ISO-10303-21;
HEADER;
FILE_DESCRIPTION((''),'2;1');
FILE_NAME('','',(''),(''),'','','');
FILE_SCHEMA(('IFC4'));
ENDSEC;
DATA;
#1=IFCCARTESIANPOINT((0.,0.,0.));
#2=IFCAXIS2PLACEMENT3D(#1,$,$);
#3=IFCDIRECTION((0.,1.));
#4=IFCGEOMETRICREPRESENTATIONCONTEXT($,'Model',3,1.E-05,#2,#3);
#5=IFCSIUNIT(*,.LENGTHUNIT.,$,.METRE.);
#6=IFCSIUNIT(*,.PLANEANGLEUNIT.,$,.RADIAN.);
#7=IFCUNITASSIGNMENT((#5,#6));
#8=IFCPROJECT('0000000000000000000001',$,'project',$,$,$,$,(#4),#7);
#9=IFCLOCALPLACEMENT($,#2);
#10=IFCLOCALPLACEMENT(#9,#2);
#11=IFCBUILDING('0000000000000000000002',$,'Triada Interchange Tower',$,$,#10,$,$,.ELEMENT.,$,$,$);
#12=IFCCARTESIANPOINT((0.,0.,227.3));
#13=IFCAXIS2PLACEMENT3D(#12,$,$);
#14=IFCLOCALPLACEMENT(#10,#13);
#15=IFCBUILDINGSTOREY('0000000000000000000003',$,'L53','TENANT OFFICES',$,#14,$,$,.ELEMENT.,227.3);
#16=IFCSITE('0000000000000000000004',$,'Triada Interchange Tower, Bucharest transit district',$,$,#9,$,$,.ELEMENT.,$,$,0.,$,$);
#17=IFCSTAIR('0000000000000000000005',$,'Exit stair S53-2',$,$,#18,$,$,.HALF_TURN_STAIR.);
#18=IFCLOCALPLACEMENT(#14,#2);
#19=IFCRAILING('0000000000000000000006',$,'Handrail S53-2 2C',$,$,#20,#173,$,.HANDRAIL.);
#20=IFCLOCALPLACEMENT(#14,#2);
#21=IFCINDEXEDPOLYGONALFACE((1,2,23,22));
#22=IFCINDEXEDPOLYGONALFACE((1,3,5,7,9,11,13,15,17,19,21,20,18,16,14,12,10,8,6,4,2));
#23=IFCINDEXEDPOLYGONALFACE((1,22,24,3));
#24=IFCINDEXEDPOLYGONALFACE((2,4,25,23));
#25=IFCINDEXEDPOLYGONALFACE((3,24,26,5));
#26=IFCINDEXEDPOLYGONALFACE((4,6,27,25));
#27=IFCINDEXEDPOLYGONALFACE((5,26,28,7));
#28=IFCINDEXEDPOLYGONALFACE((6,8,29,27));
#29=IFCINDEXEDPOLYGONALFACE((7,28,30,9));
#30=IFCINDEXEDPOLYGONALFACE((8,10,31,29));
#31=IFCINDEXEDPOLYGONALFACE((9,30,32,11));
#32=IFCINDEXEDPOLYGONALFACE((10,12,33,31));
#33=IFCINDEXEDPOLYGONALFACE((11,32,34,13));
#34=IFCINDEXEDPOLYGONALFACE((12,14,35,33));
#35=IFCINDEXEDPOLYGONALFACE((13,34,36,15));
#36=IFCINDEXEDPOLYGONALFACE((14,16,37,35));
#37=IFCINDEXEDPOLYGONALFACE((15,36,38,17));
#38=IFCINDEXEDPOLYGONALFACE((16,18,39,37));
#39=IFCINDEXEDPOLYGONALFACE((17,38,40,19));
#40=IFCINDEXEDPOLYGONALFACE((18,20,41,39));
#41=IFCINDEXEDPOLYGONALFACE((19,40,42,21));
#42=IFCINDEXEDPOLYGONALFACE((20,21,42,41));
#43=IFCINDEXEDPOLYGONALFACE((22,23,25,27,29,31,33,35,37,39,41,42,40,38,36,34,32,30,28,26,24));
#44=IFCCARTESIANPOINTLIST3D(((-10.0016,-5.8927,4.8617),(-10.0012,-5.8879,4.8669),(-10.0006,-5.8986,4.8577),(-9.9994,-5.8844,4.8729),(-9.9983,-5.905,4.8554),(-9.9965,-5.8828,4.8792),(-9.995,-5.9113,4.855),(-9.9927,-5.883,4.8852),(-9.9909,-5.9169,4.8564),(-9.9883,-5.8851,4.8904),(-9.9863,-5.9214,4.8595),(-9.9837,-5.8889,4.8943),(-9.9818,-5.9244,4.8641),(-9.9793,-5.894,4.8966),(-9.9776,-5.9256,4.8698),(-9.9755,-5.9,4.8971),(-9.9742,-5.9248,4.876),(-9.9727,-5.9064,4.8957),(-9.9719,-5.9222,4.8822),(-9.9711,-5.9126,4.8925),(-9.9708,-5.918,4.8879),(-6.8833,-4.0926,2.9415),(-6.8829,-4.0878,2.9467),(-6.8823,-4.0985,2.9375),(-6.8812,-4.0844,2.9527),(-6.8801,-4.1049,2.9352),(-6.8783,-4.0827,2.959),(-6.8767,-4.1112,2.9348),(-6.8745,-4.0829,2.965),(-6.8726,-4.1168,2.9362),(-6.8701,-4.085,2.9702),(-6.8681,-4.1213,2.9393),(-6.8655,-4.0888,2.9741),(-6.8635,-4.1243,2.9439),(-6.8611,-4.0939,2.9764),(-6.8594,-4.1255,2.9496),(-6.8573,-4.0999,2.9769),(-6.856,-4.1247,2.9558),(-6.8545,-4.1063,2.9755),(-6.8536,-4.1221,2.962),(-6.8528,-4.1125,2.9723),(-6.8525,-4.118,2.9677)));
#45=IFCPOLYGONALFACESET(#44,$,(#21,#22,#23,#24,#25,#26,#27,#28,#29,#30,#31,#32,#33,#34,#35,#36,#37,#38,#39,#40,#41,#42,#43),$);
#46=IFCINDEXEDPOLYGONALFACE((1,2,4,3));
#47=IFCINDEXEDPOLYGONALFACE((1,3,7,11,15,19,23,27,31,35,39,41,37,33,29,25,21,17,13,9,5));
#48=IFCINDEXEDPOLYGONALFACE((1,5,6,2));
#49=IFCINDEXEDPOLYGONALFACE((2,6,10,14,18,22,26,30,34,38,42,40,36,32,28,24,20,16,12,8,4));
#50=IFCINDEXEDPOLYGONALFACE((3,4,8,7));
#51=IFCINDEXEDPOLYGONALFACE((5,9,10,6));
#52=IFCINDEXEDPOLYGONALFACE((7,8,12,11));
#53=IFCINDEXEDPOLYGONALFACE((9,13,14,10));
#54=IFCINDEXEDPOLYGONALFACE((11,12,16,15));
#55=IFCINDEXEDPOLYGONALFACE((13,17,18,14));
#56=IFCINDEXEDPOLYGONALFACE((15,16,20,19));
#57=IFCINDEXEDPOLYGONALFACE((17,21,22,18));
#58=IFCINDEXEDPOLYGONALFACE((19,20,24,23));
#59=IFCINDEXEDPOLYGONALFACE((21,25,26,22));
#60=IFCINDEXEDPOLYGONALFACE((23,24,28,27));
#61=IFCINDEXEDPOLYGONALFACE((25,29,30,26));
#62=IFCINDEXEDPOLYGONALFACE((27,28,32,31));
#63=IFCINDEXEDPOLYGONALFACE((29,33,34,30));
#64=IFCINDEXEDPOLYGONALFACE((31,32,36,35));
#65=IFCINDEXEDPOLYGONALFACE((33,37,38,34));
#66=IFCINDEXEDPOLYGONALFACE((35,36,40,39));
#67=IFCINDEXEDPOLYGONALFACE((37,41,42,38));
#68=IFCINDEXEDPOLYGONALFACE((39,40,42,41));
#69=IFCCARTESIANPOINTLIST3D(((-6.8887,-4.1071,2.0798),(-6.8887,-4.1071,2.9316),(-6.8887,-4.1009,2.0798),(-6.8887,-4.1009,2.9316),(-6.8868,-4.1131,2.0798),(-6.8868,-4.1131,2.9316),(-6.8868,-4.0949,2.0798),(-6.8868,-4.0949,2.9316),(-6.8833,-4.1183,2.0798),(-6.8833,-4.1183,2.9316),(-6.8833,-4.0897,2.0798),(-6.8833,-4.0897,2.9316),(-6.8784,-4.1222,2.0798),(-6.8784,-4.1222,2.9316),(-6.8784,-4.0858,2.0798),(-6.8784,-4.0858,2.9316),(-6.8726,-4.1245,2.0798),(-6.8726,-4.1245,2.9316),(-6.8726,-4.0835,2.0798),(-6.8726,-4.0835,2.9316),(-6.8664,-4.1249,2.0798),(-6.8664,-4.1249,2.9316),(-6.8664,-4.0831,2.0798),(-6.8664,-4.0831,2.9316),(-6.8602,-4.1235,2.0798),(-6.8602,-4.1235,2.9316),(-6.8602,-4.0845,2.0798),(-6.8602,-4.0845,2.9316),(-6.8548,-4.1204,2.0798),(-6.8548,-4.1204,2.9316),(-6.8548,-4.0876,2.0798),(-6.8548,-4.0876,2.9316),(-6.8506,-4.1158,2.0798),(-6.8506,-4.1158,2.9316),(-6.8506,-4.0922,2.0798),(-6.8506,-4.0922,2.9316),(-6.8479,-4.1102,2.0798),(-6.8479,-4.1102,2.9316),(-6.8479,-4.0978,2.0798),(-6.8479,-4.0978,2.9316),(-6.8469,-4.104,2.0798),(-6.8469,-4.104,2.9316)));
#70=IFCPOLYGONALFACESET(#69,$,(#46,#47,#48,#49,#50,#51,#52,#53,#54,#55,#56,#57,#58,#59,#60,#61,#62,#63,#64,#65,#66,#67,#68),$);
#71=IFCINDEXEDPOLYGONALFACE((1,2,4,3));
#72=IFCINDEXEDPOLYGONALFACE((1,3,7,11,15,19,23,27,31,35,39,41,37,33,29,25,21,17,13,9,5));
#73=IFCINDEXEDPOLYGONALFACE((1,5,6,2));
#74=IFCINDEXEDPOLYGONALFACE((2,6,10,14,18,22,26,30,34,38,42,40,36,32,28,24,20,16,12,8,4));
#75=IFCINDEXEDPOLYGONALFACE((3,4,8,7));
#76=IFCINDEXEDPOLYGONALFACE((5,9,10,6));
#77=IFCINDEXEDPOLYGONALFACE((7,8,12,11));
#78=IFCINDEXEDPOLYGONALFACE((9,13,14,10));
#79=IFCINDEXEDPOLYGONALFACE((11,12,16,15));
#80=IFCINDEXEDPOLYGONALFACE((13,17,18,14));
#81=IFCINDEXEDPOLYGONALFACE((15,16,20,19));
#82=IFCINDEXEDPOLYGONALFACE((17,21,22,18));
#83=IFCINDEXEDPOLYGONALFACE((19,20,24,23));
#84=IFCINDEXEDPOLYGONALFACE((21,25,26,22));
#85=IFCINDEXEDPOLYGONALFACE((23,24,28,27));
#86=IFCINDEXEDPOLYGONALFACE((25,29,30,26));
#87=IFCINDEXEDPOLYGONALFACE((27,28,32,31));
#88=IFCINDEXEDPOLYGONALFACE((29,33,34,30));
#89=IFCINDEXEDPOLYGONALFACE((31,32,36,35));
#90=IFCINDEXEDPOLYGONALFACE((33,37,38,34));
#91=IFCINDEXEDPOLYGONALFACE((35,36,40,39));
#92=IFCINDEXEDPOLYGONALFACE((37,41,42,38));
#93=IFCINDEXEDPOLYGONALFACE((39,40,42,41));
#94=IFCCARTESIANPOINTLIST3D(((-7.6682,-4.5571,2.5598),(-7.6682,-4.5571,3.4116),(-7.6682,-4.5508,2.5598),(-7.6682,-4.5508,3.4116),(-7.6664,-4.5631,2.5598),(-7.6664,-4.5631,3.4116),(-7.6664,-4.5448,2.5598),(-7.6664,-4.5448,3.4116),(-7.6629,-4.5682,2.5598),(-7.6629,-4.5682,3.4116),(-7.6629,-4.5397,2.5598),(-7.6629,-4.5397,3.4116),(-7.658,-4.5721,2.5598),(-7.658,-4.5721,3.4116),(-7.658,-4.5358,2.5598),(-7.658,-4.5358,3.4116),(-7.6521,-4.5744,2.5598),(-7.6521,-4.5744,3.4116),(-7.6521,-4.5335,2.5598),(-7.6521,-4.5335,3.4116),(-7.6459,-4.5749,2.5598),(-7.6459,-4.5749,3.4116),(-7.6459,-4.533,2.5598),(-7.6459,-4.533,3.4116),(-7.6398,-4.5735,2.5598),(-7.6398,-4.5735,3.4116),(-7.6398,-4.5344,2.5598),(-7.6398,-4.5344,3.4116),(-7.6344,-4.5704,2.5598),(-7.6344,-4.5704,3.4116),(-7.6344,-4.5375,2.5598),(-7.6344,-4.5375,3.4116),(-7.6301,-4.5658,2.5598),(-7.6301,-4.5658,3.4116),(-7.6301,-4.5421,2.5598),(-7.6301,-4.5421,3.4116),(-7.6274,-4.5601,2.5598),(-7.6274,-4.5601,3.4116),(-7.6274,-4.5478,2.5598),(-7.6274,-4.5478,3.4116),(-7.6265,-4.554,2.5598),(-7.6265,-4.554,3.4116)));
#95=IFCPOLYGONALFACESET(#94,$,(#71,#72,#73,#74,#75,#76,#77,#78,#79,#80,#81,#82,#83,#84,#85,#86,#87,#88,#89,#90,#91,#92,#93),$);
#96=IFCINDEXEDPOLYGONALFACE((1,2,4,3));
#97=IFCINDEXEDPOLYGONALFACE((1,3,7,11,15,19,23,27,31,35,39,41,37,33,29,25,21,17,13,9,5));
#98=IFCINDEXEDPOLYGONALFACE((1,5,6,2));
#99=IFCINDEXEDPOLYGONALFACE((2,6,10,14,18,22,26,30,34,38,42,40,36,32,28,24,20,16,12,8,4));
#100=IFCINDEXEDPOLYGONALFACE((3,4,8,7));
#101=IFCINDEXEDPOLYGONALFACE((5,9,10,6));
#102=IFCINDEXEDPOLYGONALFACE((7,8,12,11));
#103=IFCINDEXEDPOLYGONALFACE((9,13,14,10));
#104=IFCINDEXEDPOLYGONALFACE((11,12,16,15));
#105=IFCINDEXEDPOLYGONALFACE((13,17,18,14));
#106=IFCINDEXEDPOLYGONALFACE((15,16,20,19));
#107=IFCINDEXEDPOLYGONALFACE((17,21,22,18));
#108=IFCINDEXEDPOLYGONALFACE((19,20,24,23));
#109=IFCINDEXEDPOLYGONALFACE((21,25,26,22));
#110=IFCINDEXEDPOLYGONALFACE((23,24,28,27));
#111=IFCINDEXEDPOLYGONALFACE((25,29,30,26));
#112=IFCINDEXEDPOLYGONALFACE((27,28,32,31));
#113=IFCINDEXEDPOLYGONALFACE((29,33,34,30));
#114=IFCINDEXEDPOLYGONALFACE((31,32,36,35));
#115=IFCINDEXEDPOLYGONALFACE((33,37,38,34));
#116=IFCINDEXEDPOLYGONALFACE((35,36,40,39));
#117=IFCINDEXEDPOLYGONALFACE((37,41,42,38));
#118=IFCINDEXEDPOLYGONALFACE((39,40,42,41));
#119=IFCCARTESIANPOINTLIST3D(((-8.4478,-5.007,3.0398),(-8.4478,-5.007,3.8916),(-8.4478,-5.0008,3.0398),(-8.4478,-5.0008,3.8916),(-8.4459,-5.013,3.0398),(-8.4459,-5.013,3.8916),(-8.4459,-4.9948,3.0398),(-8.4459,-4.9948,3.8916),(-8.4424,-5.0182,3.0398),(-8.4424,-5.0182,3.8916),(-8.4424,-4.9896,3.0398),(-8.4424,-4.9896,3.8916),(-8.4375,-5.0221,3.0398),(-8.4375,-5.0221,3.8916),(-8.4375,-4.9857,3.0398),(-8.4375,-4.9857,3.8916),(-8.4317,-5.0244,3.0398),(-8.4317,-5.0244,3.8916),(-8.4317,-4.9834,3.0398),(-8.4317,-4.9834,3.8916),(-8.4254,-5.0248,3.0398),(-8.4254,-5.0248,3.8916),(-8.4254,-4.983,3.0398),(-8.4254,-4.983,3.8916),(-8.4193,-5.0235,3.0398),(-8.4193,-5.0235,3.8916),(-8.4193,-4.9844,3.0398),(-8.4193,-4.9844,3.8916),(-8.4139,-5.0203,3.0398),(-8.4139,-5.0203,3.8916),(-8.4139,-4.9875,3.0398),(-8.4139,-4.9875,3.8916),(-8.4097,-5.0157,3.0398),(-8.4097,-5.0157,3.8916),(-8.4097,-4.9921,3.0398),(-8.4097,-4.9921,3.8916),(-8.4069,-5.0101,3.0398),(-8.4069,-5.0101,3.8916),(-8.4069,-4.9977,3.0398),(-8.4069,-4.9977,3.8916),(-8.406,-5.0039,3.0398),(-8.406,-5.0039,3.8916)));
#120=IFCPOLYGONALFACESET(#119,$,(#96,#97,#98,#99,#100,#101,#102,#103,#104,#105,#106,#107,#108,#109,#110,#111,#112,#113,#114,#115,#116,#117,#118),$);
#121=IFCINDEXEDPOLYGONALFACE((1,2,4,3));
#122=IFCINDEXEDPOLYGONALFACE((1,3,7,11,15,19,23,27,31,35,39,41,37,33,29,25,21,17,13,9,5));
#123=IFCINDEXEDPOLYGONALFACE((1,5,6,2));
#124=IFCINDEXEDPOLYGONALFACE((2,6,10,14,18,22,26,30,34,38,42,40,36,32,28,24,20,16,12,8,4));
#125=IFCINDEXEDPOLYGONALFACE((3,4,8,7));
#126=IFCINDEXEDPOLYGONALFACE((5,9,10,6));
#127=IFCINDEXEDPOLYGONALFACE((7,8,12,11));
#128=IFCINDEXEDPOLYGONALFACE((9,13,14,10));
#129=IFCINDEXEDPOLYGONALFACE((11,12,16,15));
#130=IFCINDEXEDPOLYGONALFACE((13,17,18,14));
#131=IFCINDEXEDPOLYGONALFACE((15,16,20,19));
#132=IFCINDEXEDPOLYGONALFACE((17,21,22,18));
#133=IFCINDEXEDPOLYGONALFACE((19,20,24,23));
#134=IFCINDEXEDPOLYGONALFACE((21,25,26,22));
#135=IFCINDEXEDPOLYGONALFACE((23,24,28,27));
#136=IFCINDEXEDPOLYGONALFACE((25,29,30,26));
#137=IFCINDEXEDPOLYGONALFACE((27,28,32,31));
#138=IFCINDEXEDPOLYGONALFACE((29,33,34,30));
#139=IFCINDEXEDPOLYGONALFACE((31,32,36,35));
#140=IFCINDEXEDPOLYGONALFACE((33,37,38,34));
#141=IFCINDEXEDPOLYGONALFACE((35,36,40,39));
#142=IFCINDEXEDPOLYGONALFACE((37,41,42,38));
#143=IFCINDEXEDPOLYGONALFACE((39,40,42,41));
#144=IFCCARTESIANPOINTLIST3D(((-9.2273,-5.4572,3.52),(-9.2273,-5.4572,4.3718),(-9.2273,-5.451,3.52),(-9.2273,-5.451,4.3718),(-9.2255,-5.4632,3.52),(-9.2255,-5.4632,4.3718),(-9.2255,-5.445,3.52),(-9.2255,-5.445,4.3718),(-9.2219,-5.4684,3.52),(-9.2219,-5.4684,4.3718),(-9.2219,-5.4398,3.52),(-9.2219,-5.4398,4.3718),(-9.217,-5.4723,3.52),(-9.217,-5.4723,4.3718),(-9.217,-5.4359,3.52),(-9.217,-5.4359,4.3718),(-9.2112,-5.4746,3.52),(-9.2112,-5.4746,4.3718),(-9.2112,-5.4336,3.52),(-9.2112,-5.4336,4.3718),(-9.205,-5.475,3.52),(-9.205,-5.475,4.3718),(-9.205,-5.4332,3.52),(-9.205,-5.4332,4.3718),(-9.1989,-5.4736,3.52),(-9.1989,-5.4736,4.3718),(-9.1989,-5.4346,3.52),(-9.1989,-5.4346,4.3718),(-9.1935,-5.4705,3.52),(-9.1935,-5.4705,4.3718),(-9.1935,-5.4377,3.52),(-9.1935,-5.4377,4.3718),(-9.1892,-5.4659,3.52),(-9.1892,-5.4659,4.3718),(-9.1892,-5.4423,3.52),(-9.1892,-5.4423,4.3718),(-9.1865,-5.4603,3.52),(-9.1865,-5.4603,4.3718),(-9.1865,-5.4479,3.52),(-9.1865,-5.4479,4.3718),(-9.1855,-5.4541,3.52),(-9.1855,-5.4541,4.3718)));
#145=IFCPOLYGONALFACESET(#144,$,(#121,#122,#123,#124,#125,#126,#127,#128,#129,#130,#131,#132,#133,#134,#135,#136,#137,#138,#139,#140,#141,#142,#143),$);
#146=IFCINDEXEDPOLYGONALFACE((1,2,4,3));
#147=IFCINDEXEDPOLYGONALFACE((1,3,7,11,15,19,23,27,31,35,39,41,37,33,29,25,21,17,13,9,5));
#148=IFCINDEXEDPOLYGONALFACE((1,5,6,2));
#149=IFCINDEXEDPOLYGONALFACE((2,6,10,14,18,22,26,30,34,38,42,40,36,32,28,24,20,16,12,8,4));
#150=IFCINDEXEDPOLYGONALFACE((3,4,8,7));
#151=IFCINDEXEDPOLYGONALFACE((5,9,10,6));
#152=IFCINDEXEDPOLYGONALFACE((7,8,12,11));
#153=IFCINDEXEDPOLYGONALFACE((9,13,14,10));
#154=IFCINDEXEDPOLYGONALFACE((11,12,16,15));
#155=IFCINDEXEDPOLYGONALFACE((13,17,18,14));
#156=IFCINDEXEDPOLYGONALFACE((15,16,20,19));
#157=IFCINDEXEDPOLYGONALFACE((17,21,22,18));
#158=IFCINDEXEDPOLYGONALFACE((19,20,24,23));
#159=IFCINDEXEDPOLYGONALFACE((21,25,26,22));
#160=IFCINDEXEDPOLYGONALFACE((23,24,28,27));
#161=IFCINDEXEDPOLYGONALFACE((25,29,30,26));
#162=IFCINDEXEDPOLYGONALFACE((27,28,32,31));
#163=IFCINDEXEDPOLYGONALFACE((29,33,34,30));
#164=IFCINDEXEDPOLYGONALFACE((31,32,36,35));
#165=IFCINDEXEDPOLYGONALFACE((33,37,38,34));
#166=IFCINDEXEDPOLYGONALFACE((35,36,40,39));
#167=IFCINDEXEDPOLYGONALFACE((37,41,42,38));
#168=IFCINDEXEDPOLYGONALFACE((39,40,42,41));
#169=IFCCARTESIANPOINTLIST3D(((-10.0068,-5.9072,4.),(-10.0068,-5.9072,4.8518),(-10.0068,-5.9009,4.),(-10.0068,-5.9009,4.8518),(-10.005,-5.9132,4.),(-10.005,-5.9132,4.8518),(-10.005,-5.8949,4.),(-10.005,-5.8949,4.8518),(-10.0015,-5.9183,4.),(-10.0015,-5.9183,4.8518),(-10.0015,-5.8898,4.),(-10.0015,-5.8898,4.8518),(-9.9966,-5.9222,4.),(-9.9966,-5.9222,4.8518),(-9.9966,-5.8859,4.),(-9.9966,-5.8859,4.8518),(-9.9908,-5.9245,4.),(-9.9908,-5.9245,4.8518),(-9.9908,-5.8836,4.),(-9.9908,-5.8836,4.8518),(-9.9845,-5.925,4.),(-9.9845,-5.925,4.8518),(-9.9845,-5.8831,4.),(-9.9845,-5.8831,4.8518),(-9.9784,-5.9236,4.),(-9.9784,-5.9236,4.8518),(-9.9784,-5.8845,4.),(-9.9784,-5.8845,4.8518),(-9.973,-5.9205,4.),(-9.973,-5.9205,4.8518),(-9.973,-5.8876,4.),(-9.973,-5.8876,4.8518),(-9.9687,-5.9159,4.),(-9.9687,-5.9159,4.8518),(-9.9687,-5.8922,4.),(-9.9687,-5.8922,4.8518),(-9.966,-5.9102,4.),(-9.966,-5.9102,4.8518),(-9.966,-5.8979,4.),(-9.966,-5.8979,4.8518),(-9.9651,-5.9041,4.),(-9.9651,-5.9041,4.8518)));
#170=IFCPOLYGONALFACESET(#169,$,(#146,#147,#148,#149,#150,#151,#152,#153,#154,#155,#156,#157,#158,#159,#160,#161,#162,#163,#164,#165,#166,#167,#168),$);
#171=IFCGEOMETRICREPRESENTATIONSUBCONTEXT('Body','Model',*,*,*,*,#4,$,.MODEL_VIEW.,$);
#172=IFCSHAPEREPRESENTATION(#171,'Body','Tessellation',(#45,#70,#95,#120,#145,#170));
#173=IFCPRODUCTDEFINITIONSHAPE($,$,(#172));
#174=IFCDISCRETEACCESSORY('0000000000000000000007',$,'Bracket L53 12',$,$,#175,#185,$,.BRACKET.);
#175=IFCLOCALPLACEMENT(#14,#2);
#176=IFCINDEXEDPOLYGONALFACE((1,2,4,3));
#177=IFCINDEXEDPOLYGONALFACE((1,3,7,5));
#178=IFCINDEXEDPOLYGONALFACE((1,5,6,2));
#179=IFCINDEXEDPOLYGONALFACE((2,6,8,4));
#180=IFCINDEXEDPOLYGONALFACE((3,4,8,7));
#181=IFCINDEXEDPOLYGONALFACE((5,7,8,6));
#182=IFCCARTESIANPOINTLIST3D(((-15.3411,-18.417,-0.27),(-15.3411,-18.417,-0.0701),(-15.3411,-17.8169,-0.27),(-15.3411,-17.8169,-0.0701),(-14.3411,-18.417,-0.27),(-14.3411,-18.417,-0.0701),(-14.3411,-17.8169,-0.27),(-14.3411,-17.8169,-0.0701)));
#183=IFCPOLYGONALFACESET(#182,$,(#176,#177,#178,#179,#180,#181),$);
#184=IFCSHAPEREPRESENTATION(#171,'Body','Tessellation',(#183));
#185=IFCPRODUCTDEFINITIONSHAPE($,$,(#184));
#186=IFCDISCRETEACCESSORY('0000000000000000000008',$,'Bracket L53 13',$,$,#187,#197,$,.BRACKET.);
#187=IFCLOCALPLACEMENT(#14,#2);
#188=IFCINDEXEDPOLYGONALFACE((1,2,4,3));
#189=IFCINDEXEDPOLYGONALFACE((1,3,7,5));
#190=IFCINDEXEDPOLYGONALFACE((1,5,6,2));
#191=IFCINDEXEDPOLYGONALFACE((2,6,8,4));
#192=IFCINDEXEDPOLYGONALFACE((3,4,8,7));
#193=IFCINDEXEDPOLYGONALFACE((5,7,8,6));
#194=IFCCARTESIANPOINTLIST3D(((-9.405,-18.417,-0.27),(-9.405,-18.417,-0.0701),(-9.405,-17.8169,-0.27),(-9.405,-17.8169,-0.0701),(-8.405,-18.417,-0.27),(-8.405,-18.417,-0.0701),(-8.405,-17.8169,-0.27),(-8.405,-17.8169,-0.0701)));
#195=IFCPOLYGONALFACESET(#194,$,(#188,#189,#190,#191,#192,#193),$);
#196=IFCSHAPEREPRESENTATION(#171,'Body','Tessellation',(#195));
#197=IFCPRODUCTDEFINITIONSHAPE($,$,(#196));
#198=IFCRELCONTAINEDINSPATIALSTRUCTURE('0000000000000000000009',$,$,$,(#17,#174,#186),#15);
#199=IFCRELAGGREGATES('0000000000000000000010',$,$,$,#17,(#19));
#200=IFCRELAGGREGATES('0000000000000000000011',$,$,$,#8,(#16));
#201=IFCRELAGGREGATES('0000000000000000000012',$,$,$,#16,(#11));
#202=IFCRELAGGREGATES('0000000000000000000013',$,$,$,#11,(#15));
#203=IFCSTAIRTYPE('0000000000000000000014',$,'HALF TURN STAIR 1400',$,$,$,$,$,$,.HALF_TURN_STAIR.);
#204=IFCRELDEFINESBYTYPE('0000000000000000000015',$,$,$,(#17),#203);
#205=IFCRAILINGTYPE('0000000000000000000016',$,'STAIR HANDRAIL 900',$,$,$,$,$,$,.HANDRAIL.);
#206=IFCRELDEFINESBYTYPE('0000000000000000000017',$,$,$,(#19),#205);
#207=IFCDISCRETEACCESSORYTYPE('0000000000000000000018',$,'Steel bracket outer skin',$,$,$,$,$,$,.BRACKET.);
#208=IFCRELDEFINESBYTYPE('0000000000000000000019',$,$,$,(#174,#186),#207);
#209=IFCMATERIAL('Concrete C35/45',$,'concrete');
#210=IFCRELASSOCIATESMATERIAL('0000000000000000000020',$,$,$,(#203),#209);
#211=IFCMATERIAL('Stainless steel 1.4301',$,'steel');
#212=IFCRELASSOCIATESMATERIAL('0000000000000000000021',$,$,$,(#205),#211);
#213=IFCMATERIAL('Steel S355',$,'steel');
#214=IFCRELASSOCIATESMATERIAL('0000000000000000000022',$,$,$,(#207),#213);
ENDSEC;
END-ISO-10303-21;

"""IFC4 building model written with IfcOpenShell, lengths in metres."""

from ifc_helpers import new_model, si_unit, direction, frame, origin, origin_2d, place, context, subcontext, project, spatial, rectangle, circle, extrude, material, type_object, element, aggregate, save


model = new_model("IFC4")

# Units and contexts
model_context = context("Model", 3, precision=1e-05, world=origin(), true_north=direction((0.0, 1.0)))
body_context = subcontext(model_context, "Body", "Model", "MODEL_VIEW")
ifc_project = project(units=[si_unit("LENGTHUNIT", "METRE"), si_unit("PLANEANGLEUNIT", "RADIAN")], contexts=[model_context])

# Site, building, storey
site_placement = place(None, origin())
site = spatial("IfcSite", under=ifc_project, at=site_placement, Name="Triada Interchange Tower, Bucharest transit district", CompositionType="ELEMENT", RefElevation=0.0)
building_placement = place(site_placement, origin())
building = spatial("IfcBuilding", under=site, at=building_placement, Name="Triada Interchange Tower", CompositionType="ELEMENT")
storey_placement = place(building_placement, frame((0.0, 0.0, 227.3)))
storey = spatial("IfcBuildingStorey", under=building, at=storey_placement, Name="L53", Description="TENANT OFFICES", CompositionType="ELEMENT", Elevation=227.3)

# Stair
ifc_material_1 = material(Name="Concrete C35/45", Category="concrete")
stair_type = type_object("IfcStairType", Name="HALF TURN STAIR 1400", PredefinedType="HALF_TURN_STAIR", material=ifc_material_1)
stair_placement = place(storey_placement, origin())
stair = element("IfcStair", 1, at=stair_placement, inside=storey, type_object=stair_type, Name="Exit stair S53-2", PredefinedType="HALF_TURN_STAIR")

# Railing
ifc_material_2 = material(Name="Stainless steel 1.4301", Category="steel")
railing_type = type_object("IfcRailingType", Name="STAIR HANDRAIL 900", PredefinedType="HANDRAIL", material=ifc_material_2)
railing_1_placement = place(storey_placement, frame((-6.8679, -4.104, 2.0798)))
railing_1 = element("IfcRailing", 2, at=railing_1_placement, type_object=railing_type, Name="Handrail S53-2 2C", PredefinedType="HANDRAIL", context=body_context, shape_type="SweptSolid", body=[
    extrude(circle(Radius=0.0239, at=origin_2d()), frame((0.0, 0.0, 0.876), z_axis=(-0.76417, -0.441139, 0.470576), x_axis=(0.499953, -0.866052, 0.0)), (0.0, 0.0, 1.0), 4.0806),
    extrude(circle(Radius=0.021, at=origin_2d()), origin(), (0.0, 0.0, 1.0), 0.8518),
    extrude(circle(Radius=0.021, at=origin_2d()), frame((-0.7795, -0.45, 0.48)), (0.0, 0.0, 1.0), 0.8518),
    extrude(circle(Radius=0.021, at=origin_2d()), frame((-1.5591, -0.8999, 0.96)), (0.0, 0.0, 1.0), 0.8518),
    extrude(circle(Radius=0.021, at=origin_2d()), frame((-2.3386, -1.3501, 1.4402)), (0.0, 0.0, 1.0), 0.8518),
    extrude(circle(Radius=0.021, at=origin_2d()), frame((-3.1182, -1.8, 1.9202)), (0.0, 0.0, 1.0), 0.8518),
])
aggregate(stair, [railing_1])

# Discrete accessories
ifc_material_3 = material(Name="Steel S355", Category="steel")
discrete_accessory_type = type_object("IfcDiscreteAccessoryType", Name="Steel bracket outer skin", PredefinedType="BRACKET", material=ifc_material_3)
for number, where, z_axis, x_axis, name in (
    (3, (-14.8411, -18.1169, -0.27), (0.0, 0.0, 1.0), (0.0, -1.0, 0.0), "Bracket L53 12"),
    (4, (-8.905, -18.1169, -0.27), (0.0, 0.0, 1.0), (0.0, -1.0, 0.0), "Bracket L53 13"),
):
    element("IfcDiscreteAccessory", number, at=place(storey_placement, frame(where, z_axis=z_axis, x_axis=x_axis)), inside=storey, type_object=discrete_accessory_type, Name=name, PredefinedType="BRACKET", context=body_context, shape_type="SweptSolid", body=[
        extrude(rectangle(XDim=0.6001, YDim=1.0, at=origin_2d()), origin(), (0.0, 0.0, 1.0), 0.2),
    ])

save(model, "model.ifc")
